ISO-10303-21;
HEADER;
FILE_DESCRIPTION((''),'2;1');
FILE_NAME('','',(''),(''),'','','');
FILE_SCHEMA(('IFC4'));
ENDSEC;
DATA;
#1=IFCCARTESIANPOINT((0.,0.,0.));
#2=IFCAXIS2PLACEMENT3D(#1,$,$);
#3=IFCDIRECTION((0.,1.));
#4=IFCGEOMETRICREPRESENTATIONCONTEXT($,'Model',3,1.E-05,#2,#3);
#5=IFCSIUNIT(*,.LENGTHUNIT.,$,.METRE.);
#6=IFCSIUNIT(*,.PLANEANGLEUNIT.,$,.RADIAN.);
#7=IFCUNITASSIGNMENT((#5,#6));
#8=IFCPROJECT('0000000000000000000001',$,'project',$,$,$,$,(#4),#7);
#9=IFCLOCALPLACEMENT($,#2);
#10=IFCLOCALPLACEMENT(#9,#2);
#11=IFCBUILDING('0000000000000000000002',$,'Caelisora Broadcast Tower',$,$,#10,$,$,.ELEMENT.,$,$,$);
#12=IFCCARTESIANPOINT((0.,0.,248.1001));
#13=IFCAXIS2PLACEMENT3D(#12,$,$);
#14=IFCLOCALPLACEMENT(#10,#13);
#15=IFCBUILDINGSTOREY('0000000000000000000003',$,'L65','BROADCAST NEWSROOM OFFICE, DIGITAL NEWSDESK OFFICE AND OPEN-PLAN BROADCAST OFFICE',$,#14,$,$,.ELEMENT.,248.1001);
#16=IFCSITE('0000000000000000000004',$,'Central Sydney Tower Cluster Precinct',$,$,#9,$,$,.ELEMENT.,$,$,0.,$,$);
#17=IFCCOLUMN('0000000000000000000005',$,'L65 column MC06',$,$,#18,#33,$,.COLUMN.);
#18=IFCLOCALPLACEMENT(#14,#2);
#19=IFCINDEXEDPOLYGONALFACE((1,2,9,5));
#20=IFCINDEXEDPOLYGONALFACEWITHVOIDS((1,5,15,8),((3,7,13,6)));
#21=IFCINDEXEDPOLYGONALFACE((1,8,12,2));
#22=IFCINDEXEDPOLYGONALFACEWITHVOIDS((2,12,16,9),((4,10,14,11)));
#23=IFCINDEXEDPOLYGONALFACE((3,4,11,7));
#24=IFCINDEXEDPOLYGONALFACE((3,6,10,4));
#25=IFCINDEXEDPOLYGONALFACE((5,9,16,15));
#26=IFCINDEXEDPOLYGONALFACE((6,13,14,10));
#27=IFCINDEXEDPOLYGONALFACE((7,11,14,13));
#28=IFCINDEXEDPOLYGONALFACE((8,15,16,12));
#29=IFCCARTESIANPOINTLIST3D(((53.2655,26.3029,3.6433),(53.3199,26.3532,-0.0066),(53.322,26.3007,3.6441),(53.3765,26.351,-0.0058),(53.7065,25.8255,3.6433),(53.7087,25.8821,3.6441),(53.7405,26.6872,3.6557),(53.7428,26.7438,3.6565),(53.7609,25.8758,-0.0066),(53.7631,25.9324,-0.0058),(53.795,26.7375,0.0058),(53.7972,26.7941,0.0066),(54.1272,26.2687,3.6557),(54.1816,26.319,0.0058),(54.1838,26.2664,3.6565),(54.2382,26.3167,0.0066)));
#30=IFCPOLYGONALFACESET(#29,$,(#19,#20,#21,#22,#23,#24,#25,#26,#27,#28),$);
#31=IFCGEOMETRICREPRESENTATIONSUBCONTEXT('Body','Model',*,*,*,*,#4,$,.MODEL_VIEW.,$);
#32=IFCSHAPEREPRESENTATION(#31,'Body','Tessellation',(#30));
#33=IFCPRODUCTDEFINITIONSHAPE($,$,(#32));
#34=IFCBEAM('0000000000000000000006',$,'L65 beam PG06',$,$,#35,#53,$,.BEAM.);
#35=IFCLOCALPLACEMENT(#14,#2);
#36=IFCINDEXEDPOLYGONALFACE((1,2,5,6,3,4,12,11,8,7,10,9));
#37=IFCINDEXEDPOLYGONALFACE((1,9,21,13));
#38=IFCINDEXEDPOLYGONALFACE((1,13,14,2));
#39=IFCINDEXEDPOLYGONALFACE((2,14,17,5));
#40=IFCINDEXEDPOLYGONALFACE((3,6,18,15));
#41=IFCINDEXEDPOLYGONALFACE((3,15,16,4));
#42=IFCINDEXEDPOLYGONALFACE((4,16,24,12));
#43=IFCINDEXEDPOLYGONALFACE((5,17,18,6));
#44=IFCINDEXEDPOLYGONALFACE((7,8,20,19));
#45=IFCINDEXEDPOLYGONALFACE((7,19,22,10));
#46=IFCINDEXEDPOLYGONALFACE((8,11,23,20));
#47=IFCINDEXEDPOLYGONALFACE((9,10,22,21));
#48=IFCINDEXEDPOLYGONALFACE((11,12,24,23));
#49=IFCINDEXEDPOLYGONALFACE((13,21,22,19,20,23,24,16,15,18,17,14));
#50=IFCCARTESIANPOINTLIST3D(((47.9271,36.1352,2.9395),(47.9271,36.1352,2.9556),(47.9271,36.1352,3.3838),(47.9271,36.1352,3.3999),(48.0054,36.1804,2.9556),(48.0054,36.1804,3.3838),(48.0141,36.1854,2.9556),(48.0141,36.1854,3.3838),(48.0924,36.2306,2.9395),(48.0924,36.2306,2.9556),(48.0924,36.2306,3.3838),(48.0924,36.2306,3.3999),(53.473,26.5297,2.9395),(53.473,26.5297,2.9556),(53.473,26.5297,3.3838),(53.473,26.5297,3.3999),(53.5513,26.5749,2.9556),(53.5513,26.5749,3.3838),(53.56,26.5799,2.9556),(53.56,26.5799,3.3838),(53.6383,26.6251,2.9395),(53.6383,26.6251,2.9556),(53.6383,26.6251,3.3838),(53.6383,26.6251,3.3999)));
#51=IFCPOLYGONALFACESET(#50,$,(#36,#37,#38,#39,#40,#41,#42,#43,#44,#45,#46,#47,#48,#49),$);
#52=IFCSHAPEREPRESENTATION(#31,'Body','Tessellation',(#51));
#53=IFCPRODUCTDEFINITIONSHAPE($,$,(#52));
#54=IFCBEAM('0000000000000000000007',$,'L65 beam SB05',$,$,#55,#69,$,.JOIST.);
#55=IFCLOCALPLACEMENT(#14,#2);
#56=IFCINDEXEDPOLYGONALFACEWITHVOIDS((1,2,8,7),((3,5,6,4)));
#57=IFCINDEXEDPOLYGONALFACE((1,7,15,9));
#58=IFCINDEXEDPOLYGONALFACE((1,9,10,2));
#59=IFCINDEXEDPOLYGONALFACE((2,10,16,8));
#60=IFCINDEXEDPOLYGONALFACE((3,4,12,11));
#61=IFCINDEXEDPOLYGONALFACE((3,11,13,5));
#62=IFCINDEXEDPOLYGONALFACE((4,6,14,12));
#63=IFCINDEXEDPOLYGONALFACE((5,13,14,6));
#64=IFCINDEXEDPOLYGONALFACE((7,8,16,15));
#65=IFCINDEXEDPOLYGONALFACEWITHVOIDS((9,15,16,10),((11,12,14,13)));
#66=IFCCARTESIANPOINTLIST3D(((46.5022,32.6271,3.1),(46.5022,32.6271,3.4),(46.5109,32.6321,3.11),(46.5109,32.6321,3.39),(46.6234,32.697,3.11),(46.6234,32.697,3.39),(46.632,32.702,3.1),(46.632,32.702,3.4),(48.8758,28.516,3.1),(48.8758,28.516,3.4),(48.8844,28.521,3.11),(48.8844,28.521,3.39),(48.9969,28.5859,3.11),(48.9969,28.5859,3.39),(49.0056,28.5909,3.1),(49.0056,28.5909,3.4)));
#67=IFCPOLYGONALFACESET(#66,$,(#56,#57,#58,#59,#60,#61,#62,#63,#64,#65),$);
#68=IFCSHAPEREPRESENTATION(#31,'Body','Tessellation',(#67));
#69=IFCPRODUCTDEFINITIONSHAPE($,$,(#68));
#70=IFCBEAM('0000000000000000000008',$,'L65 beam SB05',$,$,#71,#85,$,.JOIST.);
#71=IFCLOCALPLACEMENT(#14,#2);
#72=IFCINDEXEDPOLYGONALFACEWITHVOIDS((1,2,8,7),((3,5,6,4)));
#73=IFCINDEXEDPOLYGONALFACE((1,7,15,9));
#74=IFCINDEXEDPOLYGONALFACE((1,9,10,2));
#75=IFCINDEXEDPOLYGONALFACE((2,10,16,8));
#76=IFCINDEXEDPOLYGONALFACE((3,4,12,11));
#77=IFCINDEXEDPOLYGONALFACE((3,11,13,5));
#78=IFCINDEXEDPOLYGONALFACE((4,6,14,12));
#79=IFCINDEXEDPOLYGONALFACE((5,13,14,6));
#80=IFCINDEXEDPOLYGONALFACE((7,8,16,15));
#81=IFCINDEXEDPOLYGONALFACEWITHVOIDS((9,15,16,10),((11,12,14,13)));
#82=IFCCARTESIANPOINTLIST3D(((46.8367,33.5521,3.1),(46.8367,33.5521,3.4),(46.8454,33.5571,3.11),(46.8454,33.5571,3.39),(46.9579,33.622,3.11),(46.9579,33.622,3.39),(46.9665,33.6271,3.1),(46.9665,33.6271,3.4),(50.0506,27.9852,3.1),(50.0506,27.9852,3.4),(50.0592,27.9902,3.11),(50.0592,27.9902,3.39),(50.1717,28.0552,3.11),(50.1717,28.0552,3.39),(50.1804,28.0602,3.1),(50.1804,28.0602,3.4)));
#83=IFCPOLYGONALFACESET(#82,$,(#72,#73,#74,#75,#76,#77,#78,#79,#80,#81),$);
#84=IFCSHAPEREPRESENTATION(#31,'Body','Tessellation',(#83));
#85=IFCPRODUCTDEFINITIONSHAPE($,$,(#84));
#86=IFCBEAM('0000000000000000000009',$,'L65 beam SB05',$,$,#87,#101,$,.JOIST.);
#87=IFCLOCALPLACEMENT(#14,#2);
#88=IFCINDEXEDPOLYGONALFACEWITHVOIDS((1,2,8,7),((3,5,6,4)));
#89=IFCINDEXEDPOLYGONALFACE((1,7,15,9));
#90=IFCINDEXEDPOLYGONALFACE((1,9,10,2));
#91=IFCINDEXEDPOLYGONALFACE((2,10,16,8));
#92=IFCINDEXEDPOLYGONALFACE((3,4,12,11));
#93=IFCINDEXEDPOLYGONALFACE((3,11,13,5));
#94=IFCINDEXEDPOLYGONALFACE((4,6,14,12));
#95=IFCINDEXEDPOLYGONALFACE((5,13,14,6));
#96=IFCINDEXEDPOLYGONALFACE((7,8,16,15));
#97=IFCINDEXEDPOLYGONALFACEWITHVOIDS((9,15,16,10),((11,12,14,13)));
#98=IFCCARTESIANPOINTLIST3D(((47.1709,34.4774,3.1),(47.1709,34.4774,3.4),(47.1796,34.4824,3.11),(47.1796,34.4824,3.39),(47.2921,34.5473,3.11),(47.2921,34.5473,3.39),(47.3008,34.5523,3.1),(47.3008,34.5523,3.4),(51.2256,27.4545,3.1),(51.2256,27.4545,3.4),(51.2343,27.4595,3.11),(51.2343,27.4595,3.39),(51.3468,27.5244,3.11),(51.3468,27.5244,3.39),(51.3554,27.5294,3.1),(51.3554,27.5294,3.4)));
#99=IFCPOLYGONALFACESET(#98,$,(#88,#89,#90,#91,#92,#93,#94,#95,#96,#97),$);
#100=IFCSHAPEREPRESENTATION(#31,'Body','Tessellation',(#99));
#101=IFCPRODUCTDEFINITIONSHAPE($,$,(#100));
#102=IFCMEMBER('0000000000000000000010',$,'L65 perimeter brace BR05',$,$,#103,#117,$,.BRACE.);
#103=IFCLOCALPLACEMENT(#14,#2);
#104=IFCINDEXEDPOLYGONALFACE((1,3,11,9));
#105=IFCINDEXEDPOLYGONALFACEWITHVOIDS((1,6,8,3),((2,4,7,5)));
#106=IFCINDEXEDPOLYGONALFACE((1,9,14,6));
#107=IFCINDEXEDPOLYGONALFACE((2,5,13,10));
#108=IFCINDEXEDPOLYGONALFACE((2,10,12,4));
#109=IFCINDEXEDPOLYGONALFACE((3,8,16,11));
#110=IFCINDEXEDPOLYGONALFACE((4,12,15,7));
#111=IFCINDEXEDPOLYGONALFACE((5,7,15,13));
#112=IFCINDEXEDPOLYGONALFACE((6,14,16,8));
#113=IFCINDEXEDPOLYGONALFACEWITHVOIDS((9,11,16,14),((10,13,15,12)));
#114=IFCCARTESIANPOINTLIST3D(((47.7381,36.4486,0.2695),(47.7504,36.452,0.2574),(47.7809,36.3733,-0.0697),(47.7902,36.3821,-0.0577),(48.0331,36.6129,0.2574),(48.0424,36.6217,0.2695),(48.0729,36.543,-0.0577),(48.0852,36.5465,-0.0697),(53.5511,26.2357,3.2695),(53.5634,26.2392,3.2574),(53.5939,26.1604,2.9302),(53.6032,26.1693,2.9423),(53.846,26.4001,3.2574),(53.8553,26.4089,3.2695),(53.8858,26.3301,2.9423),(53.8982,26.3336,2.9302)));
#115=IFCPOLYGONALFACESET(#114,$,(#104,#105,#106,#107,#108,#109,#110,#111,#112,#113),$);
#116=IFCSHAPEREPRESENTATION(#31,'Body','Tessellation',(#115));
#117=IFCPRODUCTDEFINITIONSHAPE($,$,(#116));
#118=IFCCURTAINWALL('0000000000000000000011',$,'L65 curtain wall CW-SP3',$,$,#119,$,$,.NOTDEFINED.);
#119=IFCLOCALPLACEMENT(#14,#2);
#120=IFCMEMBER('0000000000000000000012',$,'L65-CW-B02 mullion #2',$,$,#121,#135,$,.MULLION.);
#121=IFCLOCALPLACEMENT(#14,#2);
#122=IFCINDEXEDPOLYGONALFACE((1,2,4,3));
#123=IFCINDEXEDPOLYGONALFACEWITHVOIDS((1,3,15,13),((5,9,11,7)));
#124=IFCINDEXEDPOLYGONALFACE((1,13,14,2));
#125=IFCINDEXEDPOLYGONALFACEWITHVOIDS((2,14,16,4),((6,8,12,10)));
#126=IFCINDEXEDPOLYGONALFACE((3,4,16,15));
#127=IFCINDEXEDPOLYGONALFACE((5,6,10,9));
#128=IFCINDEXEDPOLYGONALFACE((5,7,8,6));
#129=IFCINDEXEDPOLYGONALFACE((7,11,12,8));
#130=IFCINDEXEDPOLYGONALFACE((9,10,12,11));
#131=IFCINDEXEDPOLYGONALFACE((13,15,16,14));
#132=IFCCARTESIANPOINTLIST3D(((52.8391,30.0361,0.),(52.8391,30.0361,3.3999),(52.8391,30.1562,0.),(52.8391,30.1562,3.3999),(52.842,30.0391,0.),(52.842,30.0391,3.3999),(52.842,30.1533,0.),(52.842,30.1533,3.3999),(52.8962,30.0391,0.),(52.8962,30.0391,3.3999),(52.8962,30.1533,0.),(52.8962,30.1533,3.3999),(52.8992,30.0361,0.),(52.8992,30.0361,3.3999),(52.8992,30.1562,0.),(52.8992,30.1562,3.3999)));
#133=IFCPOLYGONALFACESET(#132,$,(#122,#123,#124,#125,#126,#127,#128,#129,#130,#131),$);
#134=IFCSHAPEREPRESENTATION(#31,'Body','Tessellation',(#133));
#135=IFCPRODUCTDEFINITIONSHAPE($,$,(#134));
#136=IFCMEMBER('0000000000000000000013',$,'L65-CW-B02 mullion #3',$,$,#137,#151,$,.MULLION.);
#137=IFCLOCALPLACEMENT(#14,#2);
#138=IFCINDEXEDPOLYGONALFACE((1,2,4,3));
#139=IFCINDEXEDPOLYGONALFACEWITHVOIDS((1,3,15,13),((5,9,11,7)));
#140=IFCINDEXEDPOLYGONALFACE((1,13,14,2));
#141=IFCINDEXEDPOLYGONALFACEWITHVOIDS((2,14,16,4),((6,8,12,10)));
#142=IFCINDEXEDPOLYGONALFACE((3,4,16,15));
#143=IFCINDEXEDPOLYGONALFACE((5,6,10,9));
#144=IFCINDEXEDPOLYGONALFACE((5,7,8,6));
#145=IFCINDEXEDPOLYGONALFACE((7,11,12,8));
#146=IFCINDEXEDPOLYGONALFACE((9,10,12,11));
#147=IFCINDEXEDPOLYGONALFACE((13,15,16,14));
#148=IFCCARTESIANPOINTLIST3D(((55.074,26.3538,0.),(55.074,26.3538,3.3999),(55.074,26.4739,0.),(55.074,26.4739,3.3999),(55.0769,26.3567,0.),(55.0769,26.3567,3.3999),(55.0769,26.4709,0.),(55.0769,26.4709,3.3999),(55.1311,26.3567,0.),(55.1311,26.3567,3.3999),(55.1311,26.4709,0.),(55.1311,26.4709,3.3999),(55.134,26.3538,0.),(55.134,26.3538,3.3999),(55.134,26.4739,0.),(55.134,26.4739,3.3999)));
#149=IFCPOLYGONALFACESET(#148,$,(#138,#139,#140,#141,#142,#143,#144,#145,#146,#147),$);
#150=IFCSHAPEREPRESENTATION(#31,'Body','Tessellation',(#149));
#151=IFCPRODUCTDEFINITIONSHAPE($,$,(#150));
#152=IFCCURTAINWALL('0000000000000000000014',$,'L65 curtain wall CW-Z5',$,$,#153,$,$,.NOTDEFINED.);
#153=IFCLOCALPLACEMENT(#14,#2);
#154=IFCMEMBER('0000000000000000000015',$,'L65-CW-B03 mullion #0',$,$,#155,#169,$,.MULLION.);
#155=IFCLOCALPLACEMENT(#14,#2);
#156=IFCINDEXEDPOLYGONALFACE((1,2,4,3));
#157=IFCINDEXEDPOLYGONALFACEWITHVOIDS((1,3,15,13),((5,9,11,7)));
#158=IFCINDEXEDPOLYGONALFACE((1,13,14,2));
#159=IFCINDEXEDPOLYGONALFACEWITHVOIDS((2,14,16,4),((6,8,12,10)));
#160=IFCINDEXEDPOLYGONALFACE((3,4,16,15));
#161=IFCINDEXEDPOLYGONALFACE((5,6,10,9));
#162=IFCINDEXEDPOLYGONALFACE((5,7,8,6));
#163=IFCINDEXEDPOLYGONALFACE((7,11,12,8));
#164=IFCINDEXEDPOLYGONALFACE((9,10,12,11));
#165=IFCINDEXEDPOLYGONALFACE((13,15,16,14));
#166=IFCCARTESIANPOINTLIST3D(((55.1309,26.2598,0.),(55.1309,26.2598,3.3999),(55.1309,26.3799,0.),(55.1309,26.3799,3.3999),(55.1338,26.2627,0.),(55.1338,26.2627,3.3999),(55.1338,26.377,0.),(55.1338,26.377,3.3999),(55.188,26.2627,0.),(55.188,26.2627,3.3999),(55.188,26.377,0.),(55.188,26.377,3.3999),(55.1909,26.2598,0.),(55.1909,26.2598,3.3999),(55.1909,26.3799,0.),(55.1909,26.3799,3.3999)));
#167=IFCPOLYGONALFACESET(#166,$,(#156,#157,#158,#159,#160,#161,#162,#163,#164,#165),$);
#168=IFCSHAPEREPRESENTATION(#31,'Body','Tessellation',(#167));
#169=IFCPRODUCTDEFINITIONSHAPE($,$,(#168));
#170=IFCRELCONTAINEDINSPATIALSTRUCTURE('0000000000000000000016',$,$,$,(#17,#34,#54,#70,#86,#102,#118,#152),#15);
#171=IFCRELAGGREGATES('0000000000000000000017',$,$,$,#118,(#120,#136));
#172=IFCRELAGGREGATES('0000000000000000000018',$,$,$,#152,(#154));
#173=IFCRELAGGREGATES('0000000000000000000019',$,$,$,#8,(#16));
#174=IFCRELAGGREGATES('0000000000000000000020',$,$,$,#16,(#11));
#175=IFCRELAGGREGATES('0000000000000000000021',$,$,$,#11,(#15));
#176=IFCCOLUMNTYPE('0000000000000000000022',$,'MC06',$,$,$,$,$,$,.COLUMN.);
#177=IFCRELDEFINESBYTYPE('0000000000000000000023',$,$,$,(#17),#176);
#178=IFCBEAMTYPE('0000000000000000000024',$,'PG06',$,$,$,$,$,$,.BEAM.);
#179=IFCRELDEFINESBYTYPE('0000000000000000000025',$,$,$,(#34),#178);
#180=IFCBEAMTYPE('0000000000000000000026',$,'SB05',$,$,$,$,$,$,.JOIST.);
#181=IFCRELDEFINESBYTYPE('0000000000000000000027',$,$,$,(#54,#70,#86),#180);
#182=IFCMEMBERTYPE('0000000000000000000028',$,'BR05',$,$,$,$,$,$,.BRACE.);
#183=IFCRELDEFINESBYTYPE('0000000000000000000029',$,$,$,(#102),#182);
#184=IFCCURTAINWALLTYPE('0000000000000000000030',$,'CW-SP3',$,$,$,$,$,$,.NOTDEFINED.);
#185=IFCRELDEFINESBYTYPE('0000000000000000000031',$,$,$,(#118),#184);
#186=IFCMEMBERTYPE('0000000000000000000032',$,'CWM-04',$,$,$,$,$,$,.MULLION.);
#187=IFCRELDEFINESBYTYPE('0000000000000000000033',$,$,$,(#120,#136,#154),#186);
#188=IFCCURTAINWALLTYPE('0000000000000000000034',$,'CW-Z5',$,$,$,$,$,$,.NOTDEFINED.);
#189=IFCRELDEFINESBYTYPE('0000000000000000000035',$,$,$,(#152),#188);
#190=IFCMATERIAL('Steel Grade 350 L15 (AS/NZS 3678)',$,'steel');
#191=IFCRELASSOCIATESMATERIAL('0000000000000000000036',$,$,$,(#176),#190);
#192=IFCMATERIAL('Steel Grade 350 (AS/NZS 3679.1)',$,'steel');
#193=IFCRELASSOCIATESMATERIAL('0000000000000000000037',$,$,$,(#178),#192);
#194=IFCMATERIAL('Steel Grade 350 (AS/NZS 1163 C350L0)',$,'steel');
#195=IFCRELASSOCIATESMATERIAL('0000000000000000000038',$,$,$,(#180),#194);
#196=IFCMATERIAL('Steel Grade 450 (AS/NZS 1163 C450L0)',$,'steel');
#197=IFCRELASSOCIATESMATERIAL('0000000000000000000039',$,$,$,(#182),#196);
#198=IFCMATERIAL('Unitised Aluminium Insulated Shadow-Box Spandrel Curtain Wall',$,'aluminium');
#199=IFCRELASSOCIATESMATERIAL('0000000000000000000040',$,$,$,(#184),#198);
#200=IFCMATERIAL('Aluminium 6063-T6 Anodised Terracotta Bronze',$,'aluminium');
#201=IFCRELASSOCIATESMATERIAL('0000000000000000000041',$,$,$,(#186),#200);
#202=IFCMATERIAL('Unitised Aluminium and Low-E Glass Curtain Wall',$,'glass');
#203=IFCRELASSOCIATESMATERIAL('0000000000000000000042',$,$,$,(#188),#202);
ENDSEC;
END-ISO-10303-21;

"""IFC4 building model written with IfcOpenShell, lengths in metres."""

from ifc_helpers import new_model, si_unit, direction, frame, origin, origin_2d, place, context, subcontext, project, spatial, hollow_rectangle, i_section, extrude, source, transform, mapped, material, material_profile, profile_set, type_object, type_shapes, element, aggregate, save


model = new_model("IFC4")

# Units and contexts
model_context = context("Model", 3, precision=1e-05, world=origin(), true_north=direction((0.0, 1.0)))
body_context = subcontext(model_context, "Body", "Model", "MODEL_VIEW")
ifc_project = project(units=[si_unit("LENGTHUNIT", "METRE"), si_unit("PLANEANGLEUNIT", "RADIAN")], contexts=[model_context])

# Site, building, storey
site_placement = place(None, origin())
site = spatial("IfcSite", under=ifc_project, at=site_placement, Name="Central Sydney Tower Cluster Precinct", CompositionType="ELEMENT", RefElevation=0.0)
building_placement = place(site_placement, origin())
building = spatial("IfcBuilding", under=site, at=building_placement, Name="Caelisora Broadcast Tower", CompositionType="ELEMENT")
storey_placement = place(building_placement, frame((0.0, 0.0, 248.1001)))
storey = spatial("IfcBuildingStorey", under=building, at=storey_placement, Name="L65", Description="BROADCAST NEWSROOM OFFICE, DIGITAL NEWSDESK OFFICE AND OPEN-PLAN BROADCAST OFFICE", CompositionType="ELEMENT", Elevation=248.1001)

# Column
ifc_material_1 = material(Name="Steel Grade 350 L15 (AS/NZS 3678)", Category="steel")
ifc_material_profile_1 = material_profile(ifc_material_1, hollow_rectangle(XDim=0.6499, YDim=0.6499, WallThickness=0.04, at=origin_2d()), Name="Steel Grade 350 L15 (AS/NZS 3678)")
ifc_profile_set_1 = profile_set([ifc_material_profile_1], Name="Steel Grade 350 L15 (AS/NZS 3678)")
column_type = type_object("IfcColumnType", Name="MC06", PredefinedType="COLUMN", material=ifc_profile_set_1)
shared_shape_1 = source(origin(), body_context, "Body", "SweptSolid", [
    extrude(hollow_rectangle(XDim=0.6499, YDim=0.6499, WallThickness=0.04, at=origin_2d()), origin(), (0.0, 0.0, 1.0), 3.6506),
])
type_shapes(column_type, [shared_shape_1])
column_placement = place(storey_placement, frame((53.7791, 26.335, 0.0), z_axis=(-0.014913, -0.013776, 0.999794), x_axis=(0.678554, -0.734551, 0.0)))
element("IfcColumn", 1, at=column_placement, inside=storey, type_object=column_type, Name="L65 column MC06", PredefinedType="COLUMN", context=body_context, shape_type="MappedRepresentation", body=[
    mapped(shared_shape_1, transform((0.0, 0.0, 0.0), scale=1.0)),
])

# Beams
ifc_material_2 = material(Name="Steel Grade 350 (AS/NZS 3679.1)", Category="steel")
ifc_material_profile_2 = material_profile(ifc_material_2, i_section(OverallWidth=0.1909, OverallDepth=0.4604, WebThickness=0.01, FlangeThickness=0.0161, at=origin_2d()), Name="Steel Grade 350 (AS/NZS 3679.1)")
ifc_profile_set_2 = profile_set([ifc_material_profile_2], Name="Steel Grade 350 (AS/NZS 3679.1)")
beam_type_1 = type_object("IfcBeamType", Name="PG06", PredefinedType="BEAM", material=ifc_profile_set_2)
shared_shape_2 = source(origin(), body_context, "Body", "SweptSolid", [
    extrude(i_section(OverallWidth=0.1909, OverallDepth=0.4604, WebThickness=0.01, FlangeThickness=0.0161, at=origin_2d()), origin(), (0.0, 0.0, 1.0), 11.0916),
])
type_shapes(beam_type_1, [shared_shape_2])
beam_1_placement = place(storey_placement, frame((53.5557, 26.5774, 3.1697), z_axis=(-0.500012, 0.866018, 0.0), x_axis=(-0.866018, -0.500012, 0.0)))
element("IfcBeam", 2, at=beam_1_placement, inside=storey, type_object=beam_type_1, Name="L65 beam PG06", PredefinedType="BEAM", context=body_context, shape_type="MappedRepresentation", body=[
    mapped(shared_shape_2, transform((0.0, 0.0, 0.0), scale=1.0)),
])
ifc_material_3 = material(Name="Steel Grade 350 (AS/NZS 1163 C350L0)", Category="steel")
ifc_material_profile_3 = material_profile(ifc_material_3, hollow_rectangle(XDim=0.1499, YDim=0.3, WallThickness=0.01, at=origin_2d()), Name="Steel Grade 350 (AS/NZS 1163 C350L0)")
ifc_profile_set_3 = profile_set([ifc_material_profile_3], Name="Steel Grade 350 (AS/NZS 1163 C350L0)")
beam_type_2 = type_object("IfcBeamType", Name="SB05", PredefinedType="JOIST", material=ifc_profile_set_3)
shared_shape_3 = source(origin(), body_context, "Body", "SweptSolid", [
    extrude(hollow_rectangle(XDim=0.1499, YDim=0.3, WallThickness=0.01, at=origin_2d()), origin(), (0.0, 0.0, 1.0), 4.7471),
])
beam_2_placement = place(storey_placement, frame((48.9407, 28.5535, 3.25), z_axis=(-0.5, 0.866025, 0.0), x_axis=(-0.866025, -0.5, 0.0)))
element("IfcBeam", 3, at=beam_2_placement, inside=storey, type_object=beam_type_2, Name="L65 beam SB05", PredefinedType="JOIST", context=body_context, shape_type="MappedRepresentation", body=[
    mapped(shared_shape_3, transform((0.0, 0.0, 0.0), scale=1.0)),
])
shared_shape_4 = source(origin(), body_context, "Body", "SweptSolid", [
    extrude(hollow_rectangle(XDim=0.1499, YDim=0.3, WallThickness=0.01, at=origin_2d()), origin(), (0.0, 0.0, 1.0), 6.428),
])
beam_3_placement = place(storey_placement, frame((50.1155, 28.0227, 3.25), z_axis=(-0.499979, 0.866038, 0.0), x_axis=(-0.866038, -0.499979, 0.0)))
element("IfcBeam", 4, at=beam_3_placement, inside=storey, type_object=beam_type_2, Name="L65 beam SB05", PredefinedType="JOIST", context=body_context, shape_type="MappedRepresentation", body=[
    mapped(shared_shape_4, transform((0.0, 0.0, 0.0), scale=1.0)),
])
shared_shape_5 = source(origin(), body_context, "Body", "SweptSolid", [
    extrude(hollow_rectangle(XDim=0.1499, YDim=0.3, WallThickness=0.01, at=origin_2d()), origin(), (0.0, 0.0, 1.0), 8.1094),
])
type_shapes(beam_type_2, [shared_shape_3, shared_shape_4, shared_shape_5])
beam_4_placement = place(storey_placement, frame((51.2905, 27.4919, 3.25), z_axis=(-0.499999, 0.866026, 0.0), x_axis=(-0.866026, -0.499999, 0.0)))
element("IfcBeam", 5, at=beam_4_placement, inside=storey, type_object=beam_type_2, Name="L65 beam SB05", PredefinedType="JOIST", context=body_context, shape_type="MappedRepresentation", body=[
    mapped(shared_shape_5, transform((0.0, 0.0, 0.0), scale=1.0)),
])

# Member
ifc_material_4 = material(Name="Steel Grade 450 (AS/NZS 1163 C450L0)", Category="steel")
ifc_material_profile_4 = material_profile(ifc_material_4, hollow_rectangle(XDim=0.3501, YDim=0.3501, WallThickness=0.0125, at=origin_2d()), Name="Steel Grade 450 (AS/NZS 1163 C450L0)")
ifc_profile_set_4 = profile_set([ifc_material_profile_4], Name="Steel Grade 450 (AS/NZS 1163 C450L0)")
member_type_1 = type_object("IfcMemberType", Name="BR05", PredefinedType="BRACE", material=ifc_profile_set_4)
shared_shape_6 = source(origin(), body_context, "Body", "SweptSolid", [
    extrude(hollow_rectangle(XDim=0.3501, YDim=0.3501, WallThickness=0.0125, at=origin_2d()), origin(), (0.0, 0.0, 1.0), 12.1282),
])
type_shapes(member_type_1, [shared_shape_6])
member_1_placement = place(storey_placement, frame((53.7246, 26.2847, 3.0999), z_axis=(-0.479294, 0.842076, -0.247357), x_axis=(-0.869083, -0.494666, 0.0)))
element("IfcMember", 6, at=member_1_placement, inside=storey, type_object=member_type_1, Name="L65 perimeter brace BR05", PredefinedType="BRACE", context=body_context, shape_type="MappedRepresentation", body=[
    mapped(shared_shape_6, transform((0.0, 0.0, 0.0), scale=1.0)),
])

# Curtain walls, members
ifc_material_5 = material(Name="Unitised Aluminium Insulated Shadow-Box Spandrel Curtain Wall", Category="aluminium")
curtain_wall_type_1 = type_object("IfcCurtainWallType", Name="CW-SP3", PredefinedType="NOTDEFINED", material=ifc_material_5)
curtain_wall_1_placement = place(storey_placement, origin())
curtain_wall_1 = element("IfcCurtainWall", 7, at=curtain_wall_1_placement, inside=storey, type_object=curtain_wall_type_1, Name="L65 curtain wall CW-SP3", PredefinedType="NOTDEFINED")
ifc_material_6 = material(Name="Aluminium 6063-T6 Anodised Terracotta Bronze", Category="aluminium")
ifc_material_profile_5 = material_profile(ifc_material_6, hollow_rectangle(XDim=0.0601, YDim=0.1201, WallThickness=0.0029, at=origin_2d()), Name="Aluminium 6063-T6 Anodised Terracotta Bronze")
ifc_profile_set_5 = profile_set([ifc_material_profile_5], Name="Aluminium 6063-T6 Anodised Terracotta Bronze")
member_type_2 = type_object("IfcMemberType", Name="CWM-04", PredefinedType="MULLION", material=ifc_profile_set_5)
shared_shape_7 = source(origin(), body_context, "Body", "SweptSolid", [
    extrude(hollow_rectangle(XDim=0.0601, YDim=0.1201, WallThickness=0.0029, at=origin_2d()), origin(), (0.0, 0.0, 1.0), 3.3999),
])
type_shapes(member_type_2, [shared_shape_7])
member_2_placement = place(storey_placement, frame((52.8691, 30.0962, 0.0), z_axis=(0.0, 0.0, 1.0), x_axis=(1.0, 0.0, 0.0)))
member_2 = element("IfcMember", 8, at=member_2_placement, type_object=member_type_2, Name="L65-CW-B02 mullion #2", PredefinedType="MULLION", context=body_context, shape_type="MappedRepresentation", body=[
    mapped(shared_shape_7, transform((0.0, 0.0, 0.0), scale=1.0)),
])
member_3_placement = place(storey_placement, frame((55.104, 26.4138, 0.0), z_axis=(0.0, 0.0, 1.0), x_axis=(1.0, 0.0, 0.0)))
member_3 = element("IfcMember", 9, at=member_3_placement, type_object=member_type_2, Name="L65-CW-B02 mullion #3", PredefinedType="MULLION", context=body_context, shape_type="MappedRepresentation", body=[
    mapped(shared_shape_7, transform((0.0, 0.0, 0.0), scale=1.0)),
])
ifc_material_7 = material(Name="Unitised Aluminium and Low-E Glass Curtain Wall", Category="glass")
curtain_wall_type_2 = type_object("IfcCurtainWallType", Name="CW-Z5", PredefinedType="NOTDEFINED", material=ifc_material_7)
curtain_wall_2_placement = place(storey_placement, origin())
curtain_wall_2 = element("IfcCurtainWall", 10, at=curtain_wall_2_placement, inside=storey, type_object=curtain_wall_type_2, Name="L65 curtain wall CW-Z5", PredefinedType="NOTDEFINED")
member_4_placement = place(storey_placement, frame((55.1609, 26.3198, 0.0), z_axis=(0.0, 0.0, 1.0), x_axis=(1.0, 0.0, 0.0)))
member_4 = element("IfcMember", 11, at=member_4_placement, type_object=member_type_2, Name="L65-CW-B03 mullion #0", PredefinedType="MULLION", context=body_context, shape_type="MappedRepresentation", body=[
    mapped(shared_shape_7, transform((0.0, 0.0, 0.0), scale=1.0)),
])

aggregate(curtain_wall_1, [member_2, member_3])
aggregate(curtain_wall_2, [member_4])

save(model, "model.ifc")
